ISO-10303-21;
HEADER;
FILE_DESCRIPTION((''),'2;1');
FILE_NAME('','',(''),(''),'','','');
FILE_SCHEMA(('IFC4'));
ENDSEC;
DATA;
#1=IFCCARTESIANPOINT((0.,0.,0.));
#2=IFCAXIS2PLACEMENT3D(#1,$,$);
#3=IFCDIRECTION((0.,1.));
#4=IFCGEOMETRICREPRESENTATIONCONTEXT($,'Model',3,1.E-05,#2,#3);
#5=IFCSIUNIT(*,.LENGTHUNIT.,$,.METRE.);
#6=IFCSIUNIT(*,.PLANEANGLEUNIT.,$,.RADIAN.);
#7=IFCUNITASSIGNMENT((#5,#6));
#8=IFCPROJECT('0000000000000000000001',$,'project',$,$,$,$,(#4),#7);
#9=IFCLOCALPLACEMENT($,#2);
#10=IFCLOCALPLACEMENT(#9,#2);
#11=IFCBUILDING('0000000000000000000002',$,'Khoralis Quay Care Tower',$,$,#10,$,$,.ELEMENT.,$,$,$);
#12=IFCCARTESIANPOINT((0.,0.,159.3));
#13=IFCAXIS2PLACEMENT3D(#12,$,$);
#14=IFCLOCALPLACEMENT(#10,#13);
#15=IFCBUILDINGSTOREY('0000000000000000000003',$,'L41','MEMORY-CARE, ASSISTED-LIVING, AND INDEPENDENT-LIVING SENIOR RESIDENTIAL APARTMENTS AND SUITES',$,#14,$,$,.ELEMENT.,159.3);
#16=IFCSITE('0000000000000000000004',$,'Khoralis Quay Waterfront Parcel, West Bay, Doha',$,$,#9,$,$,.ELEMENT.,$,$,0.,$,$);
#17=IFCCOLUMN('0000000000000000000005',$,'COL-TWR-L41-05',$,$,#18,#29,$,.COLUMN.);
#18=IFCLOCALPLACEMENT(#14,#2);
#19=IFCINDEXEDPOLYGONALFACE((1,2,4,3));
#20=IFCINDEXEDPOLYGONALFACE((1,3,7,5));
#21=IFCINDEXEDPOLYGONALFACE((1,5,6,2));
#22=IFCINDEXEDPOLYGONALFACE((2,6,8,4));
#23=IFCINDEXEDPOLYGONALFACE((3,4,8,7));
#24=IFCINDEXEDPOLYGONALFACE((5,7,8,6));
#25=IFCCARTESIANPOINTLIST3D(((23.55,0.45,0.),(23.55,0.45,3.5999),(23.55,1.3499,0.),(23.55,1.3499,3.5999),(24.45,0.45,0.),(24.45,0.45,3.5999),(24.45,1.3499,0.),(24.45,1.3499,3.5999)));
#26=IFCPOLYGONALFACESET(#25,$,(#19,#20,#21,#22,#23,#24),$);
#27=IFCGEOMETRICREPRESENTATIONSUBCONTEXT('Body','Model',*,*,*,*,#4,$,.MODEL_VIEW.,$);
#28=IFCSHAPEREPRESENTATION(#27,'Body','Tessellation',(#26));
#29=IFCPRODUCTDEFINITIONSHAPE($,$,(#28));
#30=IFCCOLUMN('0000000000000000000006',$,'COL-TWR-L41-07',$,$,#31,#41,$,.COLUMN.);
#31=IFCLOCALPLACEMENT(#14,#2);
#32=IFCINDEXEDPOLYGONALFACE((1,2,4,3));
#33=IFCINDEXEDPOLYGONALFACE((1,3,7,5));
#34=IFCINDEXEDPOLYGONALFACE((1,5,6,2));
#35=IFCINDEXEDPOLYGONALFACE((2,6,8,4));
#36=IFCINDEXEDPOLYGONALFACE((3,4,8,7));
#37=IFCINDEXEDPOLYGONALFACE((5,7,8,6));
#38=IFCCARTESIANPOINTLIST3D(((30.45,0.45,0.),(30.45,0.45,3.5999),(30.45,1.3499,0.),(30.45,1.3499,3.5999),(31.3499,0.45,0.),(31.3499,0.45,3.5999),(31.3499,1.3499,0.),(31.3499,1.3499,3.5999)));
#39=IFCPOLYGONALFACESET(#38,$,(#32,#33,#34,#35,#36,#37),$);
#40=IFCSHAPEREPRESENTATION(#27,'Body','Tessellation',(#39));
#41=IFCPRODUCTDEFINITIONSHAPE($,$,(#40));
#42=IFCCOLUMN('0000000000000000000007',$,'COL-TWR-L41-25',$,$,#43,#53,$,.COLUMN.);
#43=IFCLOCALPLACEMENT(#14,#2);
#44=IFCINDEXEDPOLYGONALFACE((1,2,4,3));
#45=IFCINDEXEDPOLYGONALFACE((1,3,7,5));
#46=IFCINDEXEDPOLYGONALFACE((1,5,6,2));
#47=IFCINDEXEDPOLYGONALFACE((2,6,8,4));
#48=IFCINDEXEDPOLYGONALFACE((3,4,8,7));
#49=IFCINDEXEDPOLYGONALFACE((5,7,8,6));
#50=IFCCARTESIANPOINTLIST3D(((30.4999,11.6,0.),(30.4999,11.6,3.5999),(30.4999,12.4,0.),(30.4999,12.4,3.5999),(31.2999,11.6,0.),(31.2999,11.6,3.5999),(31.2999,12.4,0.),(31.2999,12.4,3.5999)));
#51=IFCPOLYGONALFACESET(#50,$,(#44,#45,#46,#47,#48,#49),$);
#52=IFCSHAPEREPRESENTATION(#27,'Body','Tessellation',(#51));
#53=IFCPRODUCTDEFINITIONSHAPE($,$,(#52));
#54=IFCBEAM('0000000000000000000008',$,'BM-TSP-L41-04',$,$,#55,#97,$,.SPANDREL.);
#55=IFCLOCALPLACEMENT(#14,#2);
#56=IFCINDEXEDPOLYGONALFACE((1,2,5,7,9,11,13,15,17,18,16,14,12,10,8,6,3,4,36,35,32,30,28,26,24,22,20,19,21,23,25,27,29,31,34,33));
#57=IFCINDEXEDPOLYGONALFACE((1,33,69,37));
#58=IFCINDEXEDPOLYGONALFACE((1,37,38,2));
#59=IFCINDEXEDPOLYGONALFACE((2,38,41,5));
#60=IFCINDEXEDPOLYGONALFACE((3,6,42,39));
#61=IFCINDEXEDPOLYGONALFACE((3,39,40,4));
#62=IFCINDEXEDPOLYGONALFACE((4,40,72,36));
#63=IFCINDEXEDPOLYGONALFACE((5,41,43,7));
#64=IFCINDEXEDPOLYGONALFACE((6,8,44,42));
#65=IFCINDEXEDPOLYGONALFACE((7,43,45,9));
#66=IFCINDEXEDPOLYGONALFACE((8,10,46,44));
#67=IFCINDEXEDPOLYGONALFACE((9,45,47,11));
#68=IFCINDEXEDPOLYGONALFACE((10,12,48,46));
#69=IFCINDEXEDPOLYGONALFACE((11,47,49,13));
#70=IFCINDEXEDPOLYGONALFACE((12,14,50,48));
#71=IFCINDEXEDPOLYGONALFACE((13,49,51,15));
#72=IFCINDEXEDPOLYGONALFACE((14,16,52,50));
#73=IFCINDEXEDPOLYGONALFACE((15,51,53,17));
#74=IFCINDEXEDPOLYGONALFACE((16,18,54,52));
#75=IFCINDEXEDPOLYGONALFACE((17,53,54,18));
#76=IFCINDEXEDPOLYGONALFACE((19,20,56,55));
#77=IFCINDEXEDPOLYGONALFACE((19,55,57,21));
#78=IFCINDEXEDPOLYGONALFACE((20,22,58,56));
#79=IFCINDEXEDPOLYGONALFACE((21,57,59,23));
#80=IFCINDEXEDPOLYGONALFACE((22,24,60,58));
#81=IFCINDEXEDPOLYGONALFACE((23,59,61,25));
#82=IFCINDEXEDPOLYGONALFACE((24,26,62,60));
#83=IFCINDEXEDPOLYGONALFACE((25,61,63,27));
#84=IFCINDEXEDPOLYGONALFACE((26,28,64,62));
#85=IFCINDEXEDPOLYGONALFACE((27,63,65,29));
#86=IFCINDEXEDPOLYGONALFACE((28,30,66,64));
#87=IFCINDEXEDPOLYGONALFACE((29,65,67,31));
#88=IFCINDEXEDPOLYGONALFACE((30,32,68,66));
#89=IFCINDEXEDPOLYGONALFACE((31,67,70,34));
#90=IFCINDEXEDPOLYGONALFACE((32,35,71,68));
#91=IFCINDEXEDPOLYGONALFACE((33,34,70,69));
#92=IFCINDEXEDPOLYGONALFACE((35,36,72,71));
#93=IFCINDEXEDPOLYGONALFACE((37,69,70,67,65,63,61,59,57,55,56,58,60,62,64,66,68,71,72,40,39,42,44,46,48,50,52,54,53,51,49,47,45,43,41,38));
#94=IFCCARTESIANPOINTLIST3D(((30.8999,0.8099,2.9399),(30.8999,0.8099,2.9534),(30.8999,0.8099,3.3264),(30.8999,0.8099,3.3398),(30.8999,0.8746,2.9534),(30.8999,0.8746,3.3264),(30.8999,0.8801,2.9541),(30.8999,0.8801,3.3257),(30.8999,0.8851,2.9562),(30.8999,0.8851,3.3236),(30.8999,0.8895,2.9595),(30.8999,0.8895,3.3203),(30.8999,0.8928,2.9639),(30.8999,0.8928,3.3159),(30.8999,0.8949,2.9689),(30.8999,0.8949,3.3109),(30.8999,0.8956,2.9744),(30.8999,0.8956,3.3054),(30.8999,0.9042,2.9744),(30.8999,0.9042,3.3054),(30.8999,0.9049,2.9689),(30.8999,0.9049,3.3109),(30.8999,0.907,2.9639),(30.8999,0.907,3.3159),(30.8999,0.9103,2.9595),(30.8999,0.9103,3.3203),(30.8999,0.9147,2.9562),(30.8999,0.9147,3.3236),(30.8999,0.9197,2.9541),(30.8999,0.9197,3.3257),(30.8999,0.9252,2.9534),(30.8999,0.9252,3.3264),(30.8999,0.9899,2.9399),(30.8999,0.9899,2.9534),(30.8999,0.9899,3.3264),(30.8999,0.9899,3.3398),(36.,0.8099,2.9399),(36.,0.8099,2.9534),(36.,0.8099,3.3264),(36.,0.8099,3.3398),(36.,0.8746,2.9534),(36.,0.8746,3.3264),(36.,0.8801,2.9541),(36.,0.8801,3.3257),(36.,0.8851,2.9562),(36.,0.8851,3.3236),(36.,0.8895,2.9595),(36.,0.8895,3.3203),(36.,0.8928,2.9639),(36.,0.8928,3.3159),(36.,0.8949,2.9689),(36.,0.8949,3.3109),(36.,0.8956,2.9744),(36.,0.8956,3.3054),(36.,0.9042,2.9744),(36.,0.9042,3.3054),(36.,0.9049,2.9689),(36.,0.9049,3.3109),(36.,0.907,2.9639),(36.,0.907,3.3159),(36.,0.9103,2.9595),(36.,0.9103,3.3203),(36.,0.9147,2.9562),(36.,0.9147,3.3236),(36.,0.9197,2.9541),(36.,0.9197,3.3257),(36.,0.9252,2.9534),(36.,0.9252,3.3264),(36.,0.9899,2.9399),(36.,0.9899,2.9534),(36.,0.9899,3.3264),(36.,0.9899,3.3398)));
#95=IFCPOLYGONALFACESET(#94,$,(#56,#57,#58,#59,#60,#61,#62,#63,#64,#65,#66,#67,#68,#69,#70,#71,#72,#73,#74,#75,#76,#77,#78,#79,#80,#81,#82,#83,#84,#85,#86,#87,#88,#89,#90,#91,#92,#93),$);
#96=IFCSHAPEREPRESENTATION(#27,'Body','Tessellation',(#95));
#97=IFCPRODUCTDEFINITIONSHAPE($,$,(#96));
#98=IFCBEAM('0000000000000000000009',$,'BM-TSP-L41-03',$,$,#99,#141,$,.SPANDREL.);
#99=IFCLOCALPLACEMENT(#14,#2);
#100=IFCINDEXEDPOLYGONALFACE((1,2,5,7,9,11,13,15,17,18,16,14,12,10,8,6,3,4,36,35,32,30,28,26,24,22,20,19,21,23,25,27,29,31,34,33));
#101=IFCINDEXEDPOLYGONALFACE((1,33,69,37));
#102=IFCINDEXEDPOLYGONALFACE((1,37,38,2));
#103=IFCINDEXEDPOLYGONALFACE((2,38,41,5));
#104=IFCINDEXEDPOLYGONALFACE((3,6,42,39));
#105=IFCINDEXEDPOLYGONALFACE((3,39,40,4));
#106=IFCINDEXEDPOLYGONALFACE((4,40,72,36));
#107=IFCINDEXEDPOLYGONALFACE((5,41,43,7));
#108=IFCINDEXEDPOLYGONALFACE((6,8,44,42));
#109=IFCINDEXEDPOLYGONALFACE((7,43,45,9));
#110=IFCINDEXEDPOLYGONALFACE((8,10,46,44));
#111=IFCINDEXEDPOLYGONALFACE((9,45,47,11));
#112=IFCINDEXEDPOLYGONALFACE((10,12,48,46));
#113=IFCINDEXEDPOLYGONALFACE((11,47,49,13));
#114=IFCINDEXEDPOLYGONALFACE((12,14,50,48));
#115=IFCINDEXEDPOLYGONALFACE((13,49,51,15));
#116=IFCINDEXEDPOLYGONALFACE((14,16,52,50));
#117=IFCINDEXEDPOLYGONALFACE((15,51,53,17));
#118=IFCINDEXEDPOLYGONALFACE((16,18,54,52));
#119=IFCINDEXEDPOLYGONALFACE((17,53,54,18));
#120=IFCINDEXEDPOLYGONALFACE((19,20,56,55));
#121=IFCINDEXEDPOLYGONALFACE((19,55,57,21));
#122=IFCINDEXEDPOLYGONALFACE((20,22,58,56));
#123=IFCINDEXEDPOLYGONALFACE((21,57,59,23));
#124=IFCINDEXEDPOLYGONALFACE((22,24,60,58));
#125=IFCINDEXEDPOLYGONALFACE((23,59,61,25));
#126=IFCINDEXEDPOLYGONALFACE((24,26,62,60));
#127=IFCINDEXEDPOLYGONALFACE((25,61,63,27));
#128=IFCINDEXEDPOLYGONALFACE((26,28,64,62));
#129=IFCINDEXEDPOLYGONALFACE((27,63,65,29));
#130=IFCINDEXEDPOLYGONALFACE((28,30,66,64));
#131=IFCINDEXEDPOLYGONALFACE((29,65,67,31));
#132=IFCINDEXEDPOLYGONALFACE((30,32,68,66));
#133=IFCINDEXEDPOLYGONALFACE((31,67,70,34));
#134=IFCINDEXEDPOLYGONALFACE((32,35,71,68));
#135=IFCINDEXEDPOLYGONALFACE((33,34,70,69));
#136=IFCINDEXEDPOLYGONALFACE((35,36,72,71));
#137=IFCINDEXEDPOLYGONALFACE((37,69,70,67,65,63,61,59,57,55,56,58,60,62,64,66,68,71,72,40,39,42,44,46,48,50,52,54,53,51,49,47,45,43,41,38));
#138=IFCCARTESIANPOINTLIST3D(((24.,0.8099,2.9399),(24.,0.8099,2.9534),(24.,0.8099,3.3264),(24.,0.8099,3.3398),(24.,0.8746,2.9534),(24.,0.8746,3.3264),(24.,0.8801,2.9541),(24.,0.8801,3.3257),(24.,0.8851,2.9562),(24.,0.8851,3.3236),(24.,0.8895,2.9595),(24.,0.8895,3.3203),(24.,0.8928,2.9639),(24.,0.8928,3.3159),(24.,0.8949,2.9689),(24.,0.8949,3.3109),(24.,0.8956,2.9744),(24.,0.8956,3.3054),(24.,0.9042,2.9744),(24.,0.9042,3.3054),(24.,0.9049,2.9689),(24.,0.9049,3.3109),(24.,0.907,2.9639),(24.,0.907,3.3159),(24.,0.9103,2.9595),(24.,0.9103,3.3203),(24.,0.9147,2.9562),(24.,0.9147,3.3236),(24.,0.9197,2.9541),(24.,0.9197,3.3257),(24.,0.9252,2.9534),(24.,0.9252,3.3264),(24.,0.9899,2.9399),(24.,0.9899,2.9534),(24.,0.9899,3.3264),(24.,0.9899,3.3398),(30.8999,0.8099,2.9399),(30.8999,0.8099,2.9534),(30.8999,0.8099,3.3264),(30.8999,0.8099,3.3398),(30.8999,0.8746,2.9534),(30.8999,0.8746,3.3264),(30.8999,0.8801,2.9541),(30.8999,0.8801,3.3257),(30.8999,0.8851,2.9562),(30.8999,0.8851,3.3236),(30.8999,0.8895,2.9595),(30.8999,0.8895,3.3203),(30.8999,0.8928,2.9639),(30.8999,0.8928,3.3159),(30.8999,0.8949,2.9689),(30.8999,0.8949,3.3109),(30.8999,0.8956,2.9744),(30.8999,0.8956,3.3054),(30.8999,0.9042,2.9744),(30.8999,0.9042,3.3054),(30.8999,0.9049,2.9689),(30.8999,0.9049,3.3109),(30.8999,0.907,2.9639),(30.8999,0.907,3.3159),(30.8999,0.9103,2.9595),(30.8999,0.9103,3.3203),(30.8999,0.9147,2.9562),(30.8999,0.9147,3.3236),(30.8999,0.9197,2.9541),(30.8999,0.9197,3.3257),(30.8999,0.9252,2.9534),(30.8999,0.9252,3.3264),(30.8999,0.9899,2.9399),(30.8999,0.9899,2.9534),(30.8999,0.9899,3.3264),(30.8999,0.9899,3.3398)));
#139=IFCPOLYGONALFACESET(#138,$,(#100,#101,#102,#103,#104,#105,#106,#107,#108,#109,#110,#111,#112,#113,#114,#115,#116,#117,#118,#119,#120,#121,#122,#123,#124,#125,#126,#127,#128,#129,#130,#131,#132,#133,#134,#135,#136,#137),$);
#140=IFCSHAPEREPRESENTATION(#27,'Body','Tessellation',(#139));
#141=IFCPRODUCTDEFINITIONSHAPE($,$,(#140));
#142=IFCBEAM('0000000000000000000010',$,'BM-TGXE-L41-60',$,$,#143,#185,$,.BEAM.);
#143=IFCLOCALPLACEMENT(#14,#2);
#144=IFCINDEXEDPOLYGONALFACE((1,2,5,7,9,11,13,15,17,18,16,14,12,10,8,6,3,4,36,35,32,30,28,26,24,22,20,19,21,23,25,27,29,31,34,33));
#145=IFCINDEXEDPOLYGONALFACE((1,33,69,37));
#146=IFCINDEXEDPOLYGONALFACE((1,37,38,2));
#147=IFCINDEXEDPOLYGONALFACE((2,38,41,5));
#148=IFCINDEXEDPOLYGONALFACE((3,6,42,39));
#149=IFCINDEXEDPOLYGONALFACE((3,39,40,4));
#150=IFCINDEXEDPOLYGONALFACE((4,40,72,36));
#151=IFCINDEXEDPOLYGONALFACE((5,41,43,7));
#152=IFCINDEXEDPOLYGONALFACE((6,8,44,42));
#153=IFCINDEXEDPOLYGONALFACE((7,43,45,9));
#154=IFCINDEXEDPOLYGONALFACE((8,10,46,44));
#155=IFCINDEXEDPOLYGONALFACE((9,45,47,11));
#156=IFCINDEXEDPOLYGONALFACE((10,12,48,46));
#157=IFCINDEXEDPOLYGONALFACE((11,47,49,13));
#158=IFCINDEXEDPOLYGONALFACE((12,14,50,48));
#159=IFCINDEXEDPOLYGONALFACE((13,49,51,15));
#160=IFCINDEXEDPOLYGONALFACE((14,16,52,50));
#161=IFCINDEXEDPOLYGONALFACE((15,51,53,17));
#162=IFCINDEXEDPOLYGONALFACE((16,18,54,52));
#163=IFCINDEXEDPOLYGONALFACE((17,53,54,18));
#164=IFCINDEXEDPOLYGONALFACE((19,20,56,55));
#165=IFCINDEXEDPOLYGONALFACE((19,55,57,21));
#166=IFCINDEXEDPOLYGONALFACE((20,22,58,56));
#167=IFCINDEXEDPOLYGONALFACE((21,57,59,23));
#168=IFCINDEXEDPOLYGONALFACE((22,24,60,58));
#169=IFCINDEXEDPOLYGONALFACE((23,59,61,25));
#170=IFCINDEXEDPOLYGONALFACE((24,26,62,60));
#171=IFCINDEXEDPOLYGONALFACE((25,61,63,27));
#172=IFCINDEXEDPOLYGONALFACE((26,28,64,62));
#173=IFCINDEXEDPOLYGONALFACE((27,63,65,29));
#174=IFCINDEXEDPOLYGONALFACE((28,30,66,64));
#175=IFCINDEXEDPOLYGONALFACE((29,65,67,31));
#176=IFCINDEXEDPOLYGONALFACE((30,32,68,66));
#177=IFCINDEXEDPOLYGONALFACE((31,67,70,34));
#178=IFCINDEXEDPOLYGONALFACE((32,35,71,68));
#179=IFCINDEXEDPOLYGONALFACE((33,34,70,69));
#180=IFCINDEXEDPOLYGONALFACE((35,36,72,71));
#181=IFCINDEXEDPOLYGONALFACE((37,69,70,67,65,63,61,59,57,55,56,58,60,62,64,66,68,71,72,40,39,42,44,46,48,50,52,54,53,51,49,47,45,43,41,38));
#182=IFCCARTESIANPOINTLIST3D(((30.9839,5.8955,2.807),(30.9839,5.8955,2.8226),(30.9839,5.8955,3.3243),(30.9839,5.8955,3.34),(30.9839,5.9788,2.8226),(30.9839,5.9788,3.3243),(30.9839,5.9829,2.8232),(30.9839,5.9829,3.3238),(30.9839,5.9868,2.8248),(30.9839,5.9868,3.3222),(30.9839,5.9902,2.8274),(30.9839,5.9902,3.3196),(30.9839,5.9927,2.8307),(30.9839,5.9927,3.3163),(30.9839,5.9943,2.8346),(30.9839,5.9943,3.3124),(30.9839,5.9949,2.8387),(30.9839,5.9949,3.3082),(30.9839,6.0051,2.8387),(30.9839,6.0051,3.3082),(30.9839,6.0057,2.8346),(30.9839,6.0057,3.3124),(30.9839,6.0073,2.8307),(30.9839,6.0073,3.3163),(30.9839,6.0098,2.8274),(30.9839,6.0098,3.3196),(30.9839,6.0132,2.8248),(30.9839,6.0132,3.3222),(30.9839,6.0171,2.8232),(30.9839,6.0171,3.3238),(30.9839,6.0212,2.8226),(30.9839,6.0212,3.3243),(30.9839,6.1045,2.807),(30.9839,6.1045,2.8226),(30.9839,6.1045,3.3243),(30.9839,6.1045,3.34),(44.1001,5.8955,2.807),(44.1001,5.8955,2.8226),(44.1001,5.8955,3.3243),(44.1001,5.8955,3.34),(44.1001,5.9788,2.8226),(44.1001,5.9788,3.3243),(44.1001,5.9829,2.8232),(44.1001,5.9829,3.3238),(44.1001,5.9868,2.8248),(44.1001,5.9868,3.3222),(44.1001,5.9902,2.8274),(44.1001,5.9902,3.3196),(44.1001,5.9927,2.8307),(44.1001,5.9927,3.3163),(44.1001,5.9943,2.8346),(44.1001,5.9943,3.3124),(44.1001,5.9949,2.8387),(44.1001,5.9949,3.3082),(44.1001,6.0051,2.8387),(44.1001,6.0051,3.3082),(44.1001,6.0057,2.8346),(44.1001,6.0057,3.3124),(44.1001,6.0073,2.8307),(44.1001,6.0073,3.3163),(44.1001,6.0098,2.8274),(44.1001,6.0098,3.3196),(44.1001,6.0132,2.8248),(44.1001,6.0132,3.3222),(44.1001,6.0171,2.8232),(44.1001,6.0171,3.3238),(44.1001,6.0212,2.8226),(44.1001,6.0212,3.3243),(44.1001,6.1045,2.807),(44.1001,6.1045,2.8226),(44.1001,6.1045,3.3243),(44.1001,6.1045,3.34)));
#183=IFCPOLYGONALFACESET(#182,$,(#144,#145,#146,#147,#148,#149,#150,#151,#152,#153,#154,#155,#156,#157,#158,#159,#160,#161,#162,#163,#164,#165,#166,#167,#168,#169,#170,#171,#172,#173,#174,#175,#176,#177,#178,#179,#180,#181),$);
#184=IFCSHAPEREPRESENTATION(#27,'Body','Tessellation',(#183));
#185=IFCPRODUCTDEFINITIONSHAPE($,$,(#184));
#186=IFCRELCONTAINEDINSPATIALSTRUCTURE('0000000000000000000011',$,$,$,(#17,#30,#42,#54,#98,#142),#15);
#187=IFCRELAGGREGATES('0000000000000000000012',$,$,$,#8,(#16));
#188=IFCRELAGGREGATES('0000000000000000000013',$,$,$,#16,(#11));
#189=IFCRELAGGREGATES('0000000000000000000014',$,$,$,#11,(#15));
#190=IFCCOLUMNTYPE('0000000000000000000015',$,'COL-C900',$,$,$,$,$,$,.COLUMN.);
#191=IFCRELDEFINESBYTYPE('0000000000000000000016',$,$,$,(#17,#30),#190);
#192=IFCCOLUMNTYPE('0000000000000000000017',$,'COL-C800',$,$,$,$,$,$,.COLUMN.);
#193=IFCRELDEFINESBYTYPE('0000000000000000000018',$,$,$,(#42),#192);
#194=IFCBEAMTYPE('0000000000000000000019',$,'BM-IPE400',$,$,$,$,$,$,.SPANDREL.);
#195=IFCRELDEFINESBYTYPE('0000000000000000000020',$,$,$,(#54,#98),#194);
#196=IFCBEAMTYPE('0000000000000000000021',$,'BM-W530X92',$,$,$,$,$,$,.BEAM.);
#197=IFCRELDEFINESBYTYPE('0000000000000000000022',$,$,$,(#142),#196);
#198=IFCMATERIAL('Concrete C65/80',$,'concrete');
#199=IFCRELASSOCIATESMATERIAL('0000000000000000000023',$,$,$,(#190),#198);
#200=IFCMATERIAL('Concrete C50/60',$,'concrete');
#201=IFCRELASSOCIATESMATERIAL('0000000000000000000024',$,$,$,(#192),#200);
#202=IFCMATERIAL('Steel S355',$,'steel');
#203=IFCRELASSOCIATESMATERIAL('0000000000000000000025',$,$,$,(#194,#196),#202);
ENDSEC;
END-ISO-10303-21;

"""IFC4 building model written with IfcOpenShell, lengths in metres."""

from ifc_helpers import new_model, si_unit, direction, frame, origin, origin_2d, place, context, subcontext, project, spatial, rectangle, i_section, extrude, source, transform, mapped, material, material_profile, profile_set, type_object, element, save


model = new_model("IFC4")

# Units and contexts
model_context = context("Model", 3, precision=1e-05, world=origin(), true_north=direction((0.0, 1.0)))
body_context = subcontext(model_context, "Body", "Model", "MODEL_VIEW")
ifc_project = project(units=[si_unit("LENGTHUNIT", "METRE"), si_unit("PLANEANGLEUNIT", "RADIAN")], contexts=[model_context])

# Site, building, storey
site_placement = place(None, origin())
site = spatial("IfcSite", under=ifc_project, at=site_placement, Name="Khoralis Quay Waterfront Parcel, West Bay, Doha", CompositionType="ELEMENT", RefElevation=0.0)
building_placement = place(site_placement, origin())
building = spatial("IfcBuilding", under=site, at=building_placement, Name="Khoralis Quay Care Tower", CompositionType="ELEMENT")
storey_placement = place(building_placement, frame((0.0, 0.0, 159.3)))
storey = spatial("IfcBuildingStorey", under=building, at=storey_placement, Name="L41", Description="MEMORY-CARE, ASSISTED-LIVING, AND INDEPENDENT-LIVING SENIOR RESIDENTIAL APARTMENTS AND SUITES", CompositionType="ELEMENT", Elevation=159.3)

# Columns
ifc_material_1 = material(Name="Concrete C65/80", Category="concrete")
ifc_material_profile_1 = material_profile(ifc_material_1, rectangle(XDim=0.8999, YDim=0.8999, at=origin_2d()), Name="Concrete C65/80")
ifc_profile_set_1 = profile_set([ifc_material_profile_1], Name="Concrete C65/80")
column_type_1 = type_object("IfcColumnType", Name="COL-C900", PredefinedType="COLUMN", material=ifc_profile_set_1)
shared_shape_1 = source(origin(), body_context, "Body", "SweptSolid", [
    extrude(rectangle(XDim=0.8999, YDim=0.8999, at=origin_2d()), origin(), (0.0, 0.0, 1.0), 3.5999),
])
for number, where, z_axis, x_axis, name in (
    (1, (24.0, 0.8999, 0.0), (0.0, 0.0, 1.0), (1.0, 0.0, 0.0), "COL-TWR-L41-05"),
    (2, (30.8999, 0.8999, 0.0), (0.0, 0.0, 1.0), (1.0, 0.0, 0.0), "COL-TWR-L41-07"),
):
    element("IfcColumn", number, at=place(storey_placement, frame(where, z_axis=z_axis, x_axis=x_axis)), inside=storey, type_object=column_type_1, Name=name, PredefinedType="COLUMN", context=body_context, shape_type="MappedRepresentation", body=[
        mapped(shared_shape_1, transform((0.0, 0.0, 0.0), scale=1.0)),
    ])
ifc_material_2 = material(Name="Concrete C50/60", Category="concrete")
ifc_material_profile_2 = material_profile(ifc_material_2, rectangle(XDim=0.8, YDim=0.8, at=origin_2d()), Name="Concrete C50/60")
ifc_profile_set_2 = profile_set([ifc_material_profile_2], Name="Concrete C50/60")
column_type_2 = type_object("IfcColumnType", Name="COL-C800", PredefinedType="COLUMN", material=ifc_profile_set_2)
shared_shape_2 = source(origin(), body_context, "Body", "SweptSolid", [
    extrude(rectangle(XDim=0.8, YDim=0.8, at=origin_2d()), origin(), (0.0, 0.0, 1.0), 3.5999),
])
column_placement = place(storey_placement, frame((30.8999, 12.0, 0.0), z_axis=(0.0, 0.0, 1.0), x_axis=(1.0, 0.0, 0.0)))
element("IfcColumn", 3, at=column_placement, inside=storey, type_object=column_type_2, Name="COL-TWR-L41-25", PredefinedType="COLUMN", context=body_context, shape_type="MappedRepresentation", body=[
    mapped(shared_shape_2, transform((0.0, 0.0, 0.0), scale=1.0)),
])

# Beams
ifc_material_3 = material(Name="Steel S355", Category="steel")
ifc_material_profile_3 = material_profile(ifc_material_3, i_section(OverallWidth=0.1799, OverallDepth=0.3999, WebThickness=0.0085, FlangeThickness=0.0134, FilletRadius=0.021, at=origin_2d()), Name="Steel S355")
ifc_profile_set_3 = profile_set([ifc_material_profile_3], Name="Steel S355")
beam_type_1 = type_object("IfcBeamType", Name="BM-IPE400", PredefinedType="SPANDREL", material=ifc_profile_set_3)
shared_shape_3 = source(origin(), body_context, "Body", "SweptSolid", [
    extrude(i_section(OverallWidth=0.1799, OverallDepth=0.3999, WebThickness=0.0085, FlangeThickness=0.0134, FilletRadius=0.021, at=origin_2d()), origin(), (0.0, 0.0, 1.0), 5.1001),
])
beam_1_placement = place(storey_placement, frame((30.8999, 0.8999, 3.1399), z_axis=(1.0, 0.0, 0.0), x_axis=(0.0, 1.0, 0.0)))
element("IfcBeam", 4, at=beam_1_placement, inside=storey, type_object=beam_type_1, Name="BM-TSP-L41-04", PredefinedType="SPANDREL", context=body_context, shape_type="MappedRepresentation", body=[
    mapped(shared_shape_3, transform((0.0, 0.0, 0.0), scale=1.0)),
])
shared_shape_4 = source(origin(), body_context, "Body", "SweptSolid", [
    extrude(i_section(OverallWidth=0.1799, OverallDepth=0.3999, WebThickness=0.0085, FlangeThickness=0.0134, FilletRadius=0.021, at=origin_2d()), origin(), (0.0, 0.0, 1.0), 6.8999),
])
beam_2_placement = place(storey_placement, frame((24.0, 0.8999, 3.1399), z_axis=(1.0, 0.0, 0.0), x_axis=(0.0, 1.0, 0.0)))
element("IfcBeam", 5, at=beam_2_placement, inside=storey, type_object=beam_type_1, Name="BM-TSP-L41-03", PredefinedType="SPANDREL", context=body_context, shape_type="MappedRepresentation", body=[
    mapped(shared_shape_4, transform((0.0, 0.0, 0.0), scale=1.0)),
])
ifc_material_profile_4 = material_profile(ifc_material_3, i_section(OverallWidth=0.209, OverallDepth=0.533, WebThickness=0.0103, FlangeThickness=0.0156, FilletRadius=0.0161, at=origin_2d()), Name="Steel S355")
ifc_profile_set_4 = profile_set([ifc_material_profile_4], Name="Steel S355")
beam_type_2 = type_object("IfcBeamType", Name="BM-W530X92", PredefinedType="BEAM", material=ifc_profile_set_4)
shared_shape_5 = source(origin(), body_context, "Body", "SweptSolid", [
    extrude(i_section(OverallWidth=0.209, OverallDepth=0.533, WebThickness=0.0103, FlangeThickness=0.0156, FilletRadius=0.0161, at=origin_2d()), origin(), (0.0, 0.0, 1.0), 13.1162),
])
beam_3_placement = place(storey_placement, frame((30.9839, 6.0, 3.0735), z_axis=(1.0, 0.0, 0.0), x_axis=(0.0, 1.0, 0.0)))
element("IfcBeam", 6, at=beam_3_placement, inside=storey, type_object=beam_type_2, Name="BM-TGXE-L41-60", PredefinedType="BEAM", context=body_context, shape_type="MappedRepresentation", body=[
    mapped(shared_shape_5, transform((0.0, 0.0, 0.0), scale=1.0)),
])

save(model, "model.ifc")
